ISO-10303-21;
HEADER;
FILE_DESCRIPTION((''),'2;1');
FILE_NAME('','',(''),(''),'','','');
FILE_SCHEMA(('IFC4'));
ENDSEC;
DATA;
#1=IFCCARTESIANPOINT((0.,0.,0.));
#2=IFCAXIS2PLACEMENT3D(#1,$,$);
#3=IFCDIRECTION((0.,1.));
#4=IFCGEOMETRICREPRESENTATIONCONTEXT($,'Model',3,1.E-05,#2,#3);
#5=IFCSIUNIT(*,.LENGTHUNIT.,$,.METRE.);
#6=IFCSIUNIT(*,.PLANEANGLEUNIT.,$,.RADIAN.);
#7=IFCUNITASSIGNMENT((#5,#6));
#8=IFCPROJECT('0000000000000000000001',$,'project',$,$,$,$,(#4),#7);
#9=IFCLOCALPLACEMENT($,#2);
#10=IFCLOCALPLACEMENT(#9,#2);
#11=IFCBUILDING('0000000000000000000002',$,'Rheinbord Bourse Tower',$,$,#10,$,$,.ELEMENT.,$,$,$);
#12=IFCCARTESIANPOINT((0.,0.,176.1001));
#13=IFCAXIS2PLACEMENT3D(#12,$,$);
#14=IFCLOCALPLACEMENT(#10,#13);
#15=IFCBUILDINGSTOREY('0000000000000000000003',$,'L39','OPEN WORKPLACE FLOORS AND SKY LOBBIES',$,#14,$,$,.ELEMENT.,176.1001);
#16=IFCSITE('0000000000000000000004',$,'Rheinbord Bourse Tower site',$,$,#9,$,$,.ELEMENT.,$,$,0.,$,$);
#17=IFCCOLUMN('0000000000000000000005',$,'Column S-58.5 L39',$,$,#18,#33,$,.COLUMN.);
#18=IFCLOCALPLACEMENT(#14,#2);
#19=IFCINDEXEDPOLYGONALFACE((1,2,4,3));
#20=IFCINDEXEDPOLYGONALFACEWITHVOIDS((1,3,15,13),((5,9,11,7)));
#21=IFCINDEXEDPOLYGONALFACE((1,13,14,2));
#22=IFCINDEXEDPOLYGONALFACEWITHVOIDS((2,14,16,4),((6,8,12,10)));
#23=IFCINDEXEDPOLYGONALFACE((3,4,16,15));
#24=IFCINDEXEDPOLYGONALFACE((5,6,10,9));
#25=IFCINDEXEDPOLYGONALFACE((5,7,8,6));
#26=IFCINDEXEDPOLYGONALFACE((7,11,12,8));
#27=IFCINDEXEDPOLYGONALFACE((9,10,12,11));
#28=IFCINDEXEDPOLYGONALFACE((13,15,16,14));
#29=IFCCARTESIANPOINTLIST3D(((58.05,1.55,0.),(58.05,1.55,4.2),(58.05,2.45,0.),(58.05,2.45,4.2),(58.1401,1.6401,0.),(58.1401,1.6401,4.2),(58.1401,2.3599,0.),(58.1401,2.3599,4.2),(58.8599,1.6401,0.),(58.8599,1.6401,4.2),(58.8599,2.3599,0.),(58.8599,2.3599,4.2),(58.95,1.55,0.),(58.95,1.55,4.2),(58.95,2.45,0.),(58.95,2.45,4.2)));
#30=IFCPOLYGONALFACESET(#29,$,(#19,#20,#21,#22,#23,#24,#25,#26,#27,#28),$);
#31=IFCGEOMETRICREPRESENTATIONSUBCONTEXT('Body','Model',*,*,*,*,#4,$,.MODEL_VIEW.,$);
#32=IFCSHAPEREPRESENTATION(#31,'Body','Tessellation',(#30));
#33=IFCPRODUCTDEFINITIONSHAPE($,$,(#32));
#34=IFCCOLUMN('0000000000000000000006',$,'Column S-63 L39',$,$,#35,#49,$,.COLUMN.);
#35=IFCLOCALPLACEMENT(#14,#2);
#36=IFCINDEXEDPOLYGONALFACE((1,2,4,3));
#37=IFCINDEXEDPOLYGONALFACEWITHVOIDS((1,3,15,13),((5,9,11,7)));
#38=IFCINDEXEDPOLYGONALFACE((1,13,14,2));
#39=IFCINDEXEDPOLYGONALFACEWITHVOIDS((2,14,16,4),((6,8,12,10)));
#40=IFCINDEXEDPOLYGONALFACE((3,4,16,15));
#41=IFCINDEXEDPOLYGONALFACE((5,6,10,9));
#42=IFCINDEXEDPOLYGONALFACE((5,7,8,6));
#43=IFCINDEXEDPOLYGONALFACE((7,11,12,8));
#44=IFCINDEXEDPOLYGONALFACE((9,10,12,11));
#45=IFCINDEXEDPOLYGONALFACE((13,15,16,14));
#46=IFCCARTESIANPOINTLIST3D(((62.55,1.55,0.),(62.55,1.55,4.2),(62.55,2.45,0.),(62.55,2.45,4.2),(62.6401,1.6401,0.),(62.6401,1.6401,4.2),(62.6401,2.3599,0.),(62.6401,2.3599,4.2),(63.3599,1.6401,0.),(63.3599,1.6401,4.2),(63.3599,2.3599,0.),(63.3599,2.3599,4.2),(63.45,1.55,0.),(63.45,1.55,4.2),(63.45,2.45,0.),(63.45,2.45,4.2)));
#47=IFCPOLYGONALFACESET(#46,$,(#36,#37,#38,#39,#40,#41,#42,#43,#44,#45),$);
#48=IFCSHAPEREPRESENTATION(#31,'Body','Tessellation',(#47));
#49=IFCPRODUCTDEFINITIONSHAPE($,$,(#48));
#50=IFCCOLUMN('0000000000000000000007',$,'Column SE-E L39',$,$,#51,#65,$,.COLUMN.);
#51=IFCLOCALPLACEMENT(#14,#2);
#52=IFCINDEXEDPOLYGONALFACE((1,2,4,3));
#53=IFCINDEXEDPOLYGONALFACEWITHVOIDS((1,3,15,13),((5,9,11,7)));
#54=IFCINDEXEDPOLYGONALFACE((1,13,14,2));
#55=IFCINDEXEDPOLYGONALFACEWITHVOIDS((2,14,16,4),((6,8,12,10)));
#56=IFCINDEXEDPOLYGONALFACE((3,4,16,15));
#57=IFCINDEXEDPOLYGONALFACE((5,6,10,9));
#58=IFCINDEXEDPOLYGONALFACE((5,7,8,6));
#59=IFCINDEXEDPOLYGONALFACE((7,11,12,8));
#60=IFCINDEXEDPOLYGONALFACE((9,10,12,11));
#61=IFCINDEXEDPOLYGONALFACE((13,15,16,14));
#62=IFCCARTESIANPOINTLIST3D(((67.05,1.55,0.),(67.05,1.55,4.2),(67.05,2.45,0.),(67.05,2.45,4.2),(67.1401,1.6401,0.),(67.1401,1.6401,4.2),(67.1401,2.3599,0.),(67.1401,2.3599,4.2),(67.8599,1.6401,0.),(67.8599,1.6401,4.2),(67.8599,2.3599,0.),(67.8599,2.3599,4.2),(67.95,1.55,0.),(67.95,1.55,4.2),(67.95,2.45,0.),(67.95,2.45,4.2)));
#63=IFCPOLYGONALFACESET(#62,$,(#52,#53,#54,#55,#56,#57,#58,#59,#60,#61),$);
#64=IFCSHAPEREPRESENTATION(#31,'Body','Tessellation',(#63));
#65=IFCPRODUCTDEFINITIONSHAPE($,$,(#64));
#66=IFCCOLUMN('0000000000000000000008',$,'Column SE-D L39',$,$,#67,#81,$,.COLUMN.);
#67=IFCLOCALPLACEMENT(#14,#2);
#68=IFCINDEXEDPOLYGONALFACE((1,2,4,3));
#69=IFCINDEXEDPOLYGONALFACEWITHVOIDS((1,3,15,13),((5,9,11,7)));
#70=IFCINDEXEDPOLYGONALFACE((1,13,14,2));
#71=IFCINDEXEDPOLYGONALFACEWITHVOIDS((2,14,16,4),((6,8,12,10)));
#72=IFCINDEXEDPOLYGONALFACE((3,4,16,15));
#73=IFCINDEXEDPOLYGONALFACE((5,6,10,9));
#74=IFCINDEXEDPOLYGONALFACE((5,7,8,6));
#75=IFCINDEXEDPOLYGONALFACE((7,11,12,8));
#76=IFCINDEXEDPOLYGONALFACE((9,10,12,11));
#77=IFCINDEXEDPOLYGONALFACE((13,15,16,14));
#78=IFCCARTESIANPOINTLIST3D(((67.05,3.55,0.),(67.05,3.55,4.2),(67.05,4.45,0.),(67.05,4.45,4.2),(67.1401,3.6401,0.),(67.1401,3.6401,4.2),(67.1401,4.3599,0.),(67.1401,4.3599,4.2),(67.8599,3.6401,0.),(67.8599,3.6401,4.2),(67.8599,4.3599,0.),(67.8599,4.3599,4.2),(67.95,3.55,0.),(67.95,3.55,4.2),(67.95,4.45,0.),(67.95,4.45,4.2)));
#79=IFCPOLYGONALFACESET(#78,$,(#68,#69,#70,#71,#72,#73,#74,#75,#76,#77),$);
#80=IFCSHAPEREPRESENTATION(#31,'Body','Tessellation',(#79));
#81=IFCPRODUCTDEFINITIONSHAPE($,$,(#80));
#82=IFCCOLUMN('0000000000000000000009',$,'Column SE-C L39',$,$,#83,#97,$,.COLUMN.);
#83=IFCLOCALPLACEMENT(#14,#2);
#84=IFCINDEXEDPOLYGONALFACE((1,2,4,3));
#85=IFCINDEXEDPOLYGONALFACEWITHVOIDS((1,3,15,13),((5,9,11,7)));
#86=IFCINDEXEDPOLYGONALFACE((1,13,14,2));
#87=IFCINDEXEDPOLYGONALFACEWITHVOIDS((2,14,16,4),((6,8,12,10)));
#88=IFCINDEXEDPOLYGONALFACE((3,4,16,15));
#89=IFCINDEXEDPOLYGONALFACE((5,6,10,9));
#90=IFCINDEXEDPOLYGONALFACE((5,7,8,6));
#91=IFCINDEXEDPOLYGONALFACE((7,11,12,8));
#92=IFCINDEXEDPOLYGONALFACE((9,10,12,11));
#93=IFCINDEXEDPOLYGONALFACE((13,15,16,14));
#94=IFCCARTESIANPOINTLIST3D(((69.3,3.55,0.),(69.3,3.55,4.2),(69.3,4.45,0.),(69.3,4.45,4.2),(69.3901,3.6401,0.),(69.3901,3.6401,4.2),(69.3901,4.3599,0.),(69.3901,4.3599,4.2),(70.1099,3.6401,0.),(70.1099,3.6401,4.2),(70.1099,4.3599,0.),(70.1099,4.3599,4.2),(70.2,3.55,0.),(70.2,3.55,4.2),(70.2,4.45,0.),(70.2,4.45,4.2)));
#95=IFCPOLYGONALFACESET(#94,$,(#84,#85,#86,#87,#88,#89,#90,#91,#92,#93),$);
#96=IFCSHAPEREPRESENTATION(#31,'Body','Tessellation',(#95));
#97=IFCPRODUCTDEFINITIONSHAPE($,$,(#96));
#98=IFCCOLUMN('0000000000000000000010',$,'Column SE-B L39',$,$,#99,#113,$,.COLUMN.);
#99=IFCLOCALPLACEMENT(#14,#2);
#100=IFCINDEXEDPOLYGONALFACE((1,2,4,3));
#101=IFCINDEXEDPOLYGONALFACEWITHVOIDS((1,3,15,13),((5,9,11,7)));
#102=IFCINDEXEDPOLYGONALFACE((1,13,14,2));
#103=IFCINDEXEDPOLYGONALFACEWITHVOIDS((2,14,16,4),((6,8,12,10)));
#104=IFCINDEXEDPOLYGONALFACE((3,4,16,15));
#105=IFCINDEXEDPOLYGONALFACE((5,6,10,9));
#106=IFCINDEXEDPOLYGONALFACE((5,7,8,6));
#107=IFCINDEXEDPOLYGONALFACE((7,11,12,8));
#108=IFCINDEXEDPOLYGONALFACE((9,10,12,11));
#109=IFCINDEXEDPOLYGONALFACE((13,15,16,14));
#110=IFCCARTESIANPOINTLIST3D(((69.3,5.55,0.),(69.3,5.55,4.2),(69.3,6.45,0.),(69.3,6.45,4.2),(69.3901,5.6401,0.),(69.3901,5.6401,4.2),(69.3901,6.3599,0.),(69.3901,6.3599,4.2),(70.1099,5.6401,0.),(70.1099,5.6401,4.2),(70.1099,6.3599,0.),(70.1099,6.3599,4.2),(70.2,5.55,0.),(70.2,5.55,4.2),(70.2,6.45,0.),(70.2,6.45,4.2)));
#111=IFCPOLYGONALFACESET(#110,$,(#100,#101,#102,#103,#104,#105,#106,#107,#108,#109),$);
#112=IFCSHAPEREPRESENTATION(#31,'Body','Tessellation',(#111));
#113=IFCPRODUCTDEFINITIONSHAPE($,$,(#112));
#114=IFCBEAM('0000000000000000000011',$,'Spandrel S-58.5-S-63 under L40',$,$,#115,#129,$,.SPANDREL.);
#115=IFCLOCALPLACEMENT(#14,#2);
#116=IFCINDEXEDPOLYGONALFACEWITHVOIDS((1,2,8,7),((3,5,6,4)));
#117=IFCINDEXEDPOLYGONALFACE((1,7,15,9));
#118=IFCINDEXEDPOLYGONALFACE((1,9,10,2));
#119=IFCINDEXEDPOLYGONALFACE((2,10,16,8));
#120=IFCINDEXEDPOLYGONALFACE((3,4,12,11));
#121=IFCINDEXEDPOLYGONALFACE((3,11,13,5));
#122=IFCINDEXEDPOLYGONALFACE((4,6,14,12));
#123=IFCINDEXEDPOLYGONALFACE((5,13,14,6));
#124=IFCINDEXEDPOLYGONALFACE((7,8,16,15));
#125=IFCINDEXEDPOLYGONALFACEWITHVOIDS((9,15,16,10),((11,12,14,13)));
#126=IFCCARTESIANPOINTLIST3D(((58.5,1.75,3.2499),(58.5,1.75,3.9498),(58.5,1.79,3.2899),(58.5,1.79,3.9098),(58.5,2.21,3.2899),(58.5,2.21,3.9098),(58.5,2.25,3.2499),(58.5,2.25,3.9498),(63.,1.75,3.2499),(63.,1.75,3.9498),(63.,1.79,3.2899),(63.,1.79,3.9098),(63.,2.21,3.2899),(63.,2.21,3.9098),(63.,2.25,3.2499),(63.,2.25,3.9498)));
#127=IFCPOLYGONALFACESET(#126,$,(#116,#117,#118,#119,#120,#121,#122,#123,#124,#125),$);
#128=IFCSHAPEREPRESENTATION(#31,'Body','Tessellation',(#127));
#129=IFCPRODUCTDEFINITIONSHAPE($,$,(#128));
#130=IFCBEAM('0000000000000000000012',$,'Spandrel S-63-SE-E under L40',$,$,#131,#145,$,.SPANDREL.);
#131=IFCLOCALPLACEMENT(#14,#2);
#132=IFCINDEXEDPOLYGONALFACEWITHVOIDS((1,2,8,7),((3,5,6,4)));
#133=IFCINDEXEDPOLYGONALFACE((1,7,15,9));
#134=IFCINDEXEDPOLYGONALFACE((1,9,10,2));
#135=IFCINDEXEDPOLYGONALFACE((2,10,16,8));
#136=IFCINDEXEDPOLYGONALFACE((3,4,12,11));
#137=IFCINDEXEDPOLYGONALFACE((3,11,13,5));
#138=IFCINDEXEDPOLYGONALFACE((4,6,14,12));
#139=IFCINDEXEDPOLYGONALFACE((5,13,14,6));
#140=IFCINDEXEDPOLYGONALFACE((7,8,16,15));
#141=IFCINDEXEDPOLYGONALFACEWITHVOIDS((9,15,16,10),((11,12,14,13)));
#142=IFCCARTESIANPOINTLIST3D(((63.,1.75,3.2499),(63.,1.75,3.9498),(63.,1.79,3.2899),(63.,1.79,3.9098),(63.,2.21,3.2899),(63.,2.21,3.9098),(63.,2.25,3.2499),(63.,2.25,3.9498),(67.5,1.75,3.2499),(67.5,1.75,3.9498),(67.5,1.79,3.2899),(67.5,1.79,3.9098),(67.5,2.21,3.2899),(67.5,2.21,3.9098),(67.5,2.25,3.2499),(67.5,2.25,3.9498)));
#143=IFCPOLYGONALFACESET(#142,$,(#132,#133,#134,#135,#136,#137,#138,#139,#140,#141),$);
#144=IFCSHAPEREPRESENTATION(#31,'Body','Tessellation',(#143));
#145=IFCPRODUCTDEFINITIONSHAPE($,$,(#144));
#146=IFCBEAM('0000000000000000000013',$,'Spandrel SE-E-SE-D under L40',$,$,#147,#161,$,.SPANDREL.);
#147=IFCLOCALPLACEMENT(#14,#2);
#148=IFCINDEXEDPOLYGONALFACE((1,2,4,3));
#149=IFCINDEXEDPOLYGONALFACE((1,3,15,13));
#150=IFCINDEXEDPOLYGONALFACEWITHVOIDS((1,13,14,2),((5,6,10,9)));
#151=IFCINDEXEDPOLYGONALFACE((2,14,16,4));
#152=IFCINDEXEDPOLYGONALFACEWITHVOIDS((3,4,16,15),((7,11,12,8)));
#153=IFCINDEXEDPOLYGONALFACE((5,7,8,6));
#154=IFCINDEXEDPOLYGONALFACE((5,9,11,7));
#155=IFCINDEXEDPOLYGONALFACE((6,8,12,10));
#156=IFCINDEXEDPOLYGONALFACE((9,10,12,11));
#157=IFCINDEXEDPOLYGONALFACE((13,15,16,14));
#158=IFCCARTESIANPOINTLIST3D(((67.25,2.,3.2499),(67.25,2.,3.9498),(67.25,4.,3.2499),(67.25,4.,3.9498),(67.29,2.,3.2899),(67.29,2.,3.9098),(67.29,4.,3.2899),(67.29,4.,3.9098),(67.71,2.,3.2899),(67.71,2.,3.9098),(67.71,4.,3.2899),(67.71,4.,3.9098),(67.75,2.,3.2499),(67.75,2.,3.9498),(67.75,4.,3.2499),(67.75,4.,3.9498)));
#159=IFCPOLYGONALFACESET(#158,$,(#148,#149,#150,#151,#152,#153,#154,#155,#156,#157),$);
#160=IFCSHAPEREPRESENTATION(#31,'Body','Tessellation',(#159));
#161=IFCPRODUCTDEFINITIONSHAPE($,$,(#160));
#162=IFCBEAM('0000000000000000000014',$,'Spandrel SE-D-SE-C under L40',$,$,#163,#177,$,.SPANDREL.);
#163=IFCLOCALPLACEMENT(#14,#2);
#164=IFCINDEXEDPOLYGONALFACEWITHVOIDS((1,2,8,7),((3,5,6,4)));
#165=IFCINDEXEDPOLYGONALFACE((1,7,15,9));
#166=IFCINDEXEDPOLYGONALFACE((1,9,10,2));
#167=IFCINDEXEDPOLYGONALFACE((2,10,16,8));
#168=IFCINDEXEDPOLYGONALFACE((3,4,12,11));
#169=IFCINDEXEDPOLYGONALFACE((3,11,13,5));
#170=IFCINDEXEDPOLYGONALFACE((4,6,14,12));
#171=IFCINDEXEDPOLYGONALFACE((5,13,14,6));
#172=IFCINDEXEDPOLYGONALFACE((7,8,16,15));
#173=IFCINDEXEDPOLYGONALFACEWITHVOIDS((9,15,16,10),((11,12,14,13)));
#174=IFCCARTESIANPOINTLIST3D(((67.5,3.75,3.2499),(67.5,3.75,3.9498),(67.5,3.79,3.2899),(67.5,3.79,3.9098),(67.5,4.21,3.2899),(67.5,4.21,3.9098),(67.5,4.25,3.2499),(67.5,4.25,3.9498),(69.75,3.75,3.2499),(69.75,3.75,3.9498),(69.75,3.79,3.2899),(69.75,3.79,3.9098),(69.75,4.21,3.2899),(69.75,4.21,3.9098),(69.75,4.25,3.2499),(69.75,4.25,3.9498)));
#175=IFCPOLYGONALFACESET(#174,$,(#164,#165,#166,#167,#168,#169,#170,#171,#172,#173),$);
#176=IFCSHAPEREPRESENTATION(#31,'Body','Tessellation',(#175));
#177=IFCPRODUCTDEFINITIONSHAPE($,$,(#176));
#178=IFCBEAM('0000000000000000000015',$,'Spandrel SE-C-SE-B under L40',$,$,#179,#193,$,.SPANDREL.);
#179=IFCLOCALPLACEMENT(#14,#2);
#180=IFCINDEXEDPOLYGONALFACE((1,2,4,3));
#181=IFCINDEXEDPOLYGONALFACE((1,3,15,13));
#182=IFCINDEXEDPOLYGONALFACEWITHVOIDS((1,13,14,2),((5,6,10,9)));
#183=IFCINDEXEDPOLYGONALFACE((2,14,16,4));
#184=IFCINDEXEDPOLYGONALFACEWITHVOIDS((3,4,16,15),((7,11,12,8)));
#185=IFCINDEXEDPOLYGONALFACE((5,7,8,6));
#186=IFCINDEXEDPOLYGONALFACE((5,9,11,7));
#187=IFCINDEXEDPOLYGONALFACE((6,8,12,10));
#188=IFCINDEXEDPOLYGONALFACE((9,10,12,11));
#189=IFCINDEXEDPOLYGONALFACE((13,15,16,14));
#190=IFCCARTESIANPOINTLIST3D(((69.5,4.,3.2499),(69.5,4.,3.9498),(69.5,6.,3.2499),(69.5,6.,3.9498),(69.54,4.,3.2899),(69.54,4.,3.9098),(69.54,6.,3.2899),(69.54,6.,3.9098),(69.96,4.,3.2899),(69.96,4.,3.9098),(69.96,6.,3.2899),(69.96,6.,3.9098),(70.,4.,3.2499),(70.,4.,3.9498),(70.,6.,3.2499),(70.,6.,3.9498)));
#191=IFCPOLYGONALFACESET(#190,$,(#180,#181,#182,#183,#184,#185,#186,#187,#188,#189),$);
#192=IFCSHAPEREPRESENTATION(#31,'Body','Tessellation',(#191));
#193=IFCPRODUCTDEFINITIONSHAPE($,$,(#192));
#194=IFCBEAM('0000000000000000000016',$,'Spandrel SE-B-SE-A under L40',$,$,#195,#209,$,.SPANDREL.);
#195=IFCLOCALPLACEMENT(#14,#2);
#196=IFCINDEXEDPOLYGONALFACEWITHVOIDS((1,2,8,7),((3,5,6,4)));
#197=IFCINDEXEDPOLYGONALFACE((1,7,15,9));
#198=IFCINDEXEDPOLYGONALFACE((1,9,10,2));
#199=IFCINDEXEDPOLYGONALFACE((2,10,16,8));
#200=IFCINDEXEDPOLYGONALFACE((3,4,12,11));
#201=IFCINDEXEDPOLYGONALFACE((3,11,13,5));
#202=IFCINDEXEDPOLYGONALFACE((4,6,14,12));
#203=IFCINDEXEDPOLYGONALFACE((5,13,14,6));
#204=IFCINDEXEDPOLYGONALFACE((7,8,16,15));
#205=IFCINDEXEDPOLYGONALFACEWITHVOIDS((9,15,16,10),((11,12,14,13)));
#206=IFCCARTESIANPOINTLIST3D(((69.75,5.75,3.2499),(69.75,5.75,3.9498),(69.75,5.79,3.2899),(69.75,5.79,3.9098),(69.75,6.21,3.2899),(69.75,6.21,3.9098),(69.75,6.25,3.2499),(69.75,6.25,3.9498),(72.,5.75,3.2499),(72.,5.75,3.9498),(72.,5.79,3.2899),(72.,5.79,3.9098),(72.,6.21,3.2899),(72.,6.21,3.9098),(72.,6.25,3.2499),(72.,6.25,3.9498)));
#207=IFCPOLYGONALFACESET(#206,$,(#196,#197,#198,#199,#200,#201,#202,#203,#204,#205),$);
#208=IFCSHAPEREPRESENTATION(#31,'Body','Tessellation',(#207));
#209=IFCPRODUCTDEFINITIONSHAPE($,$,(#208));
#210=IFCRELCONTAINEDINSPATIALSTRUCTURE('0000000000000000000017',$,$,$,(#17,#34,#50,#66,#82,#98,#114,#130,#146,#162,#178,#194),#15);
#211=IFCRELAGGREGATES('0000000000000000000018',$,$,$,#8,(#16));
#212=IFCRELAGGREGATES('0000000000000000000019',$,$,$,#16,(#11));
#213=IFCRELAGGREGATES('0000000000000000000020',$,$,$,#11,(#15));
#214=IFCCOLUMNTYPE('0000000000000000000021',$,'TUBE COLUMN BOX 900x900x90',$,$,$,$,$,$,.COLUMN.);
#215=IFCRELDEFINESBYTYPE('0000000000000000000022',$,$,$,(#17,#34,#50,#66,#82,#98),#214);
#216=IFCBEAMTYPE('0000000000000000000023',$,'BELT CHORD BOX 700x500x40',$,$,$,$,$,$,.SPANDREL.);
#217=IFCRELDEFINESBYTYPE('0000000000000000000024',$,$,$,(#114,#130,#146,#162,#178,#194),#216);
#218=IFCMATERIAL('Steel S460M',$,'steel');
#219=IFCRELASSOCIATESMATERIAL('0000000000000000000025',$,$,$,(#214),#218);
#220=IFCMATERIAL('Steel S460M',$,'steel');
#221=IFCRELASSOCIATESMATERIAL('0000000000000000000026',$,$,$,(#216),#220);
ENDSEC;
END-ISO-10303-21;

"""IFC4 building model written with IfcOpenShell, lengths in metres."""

from ifc_helpers import new_model, si_unit, direction, frame, origin, origin_2d, place, context, subcontext, project, spatial, hollow_rectangle, extrude, material, material_profile, profile_set, type_object, element, save


model = new_model("IFC4")

# Units and contexts
model_context = context("Model", 3, precision=1e-05, world=origin(), true_north=direction((0.0, 1.0)))
body_context = subcontext(model_context, "Body", "Model", "MODEL_VIEW")
ifc_project = project(units=[si_unit("LENGTHUNIT", "METRE"), si_unit("PLANEANGLEUNIT", "RADIAN")], contexts=[model_context])

# Site, building, storey
site_placement = place(None, origin())
site = spatial("IfcSite", under=ifc_project, at=site_placement, Name="Rheinbord Bourse Tower site", CompositionType="ELEMENT", RefElevation=0.0)
building_placement = place(site_placement, origin())
building = spatial("IfcBuilding", under=site, at=building_placement, Name="Rheinbord Bourse Tower", CompositionType="ELEMENT")
storey_placement = place(building_placement, frame((0.0, 0.0, 176.1001)))
storey = spatial("IfcBuildingStorey", under=building, at=storey_placement, Name="L39", Description="OPEN WORKPLACE FLOORS AND SKY LOBBIES", CompositionType="ELEMENT", Elevation=176.1001)

# Columns
ifc_material_1 = material(Name="Steel S460M", Category="steel")
ifc_material_profile_1 = material_profile(ifc_material_1, hollow_rectangle(XDim=0.8999, YDim=0.8999, WallThickness=0.0901, at=origin_2d()), Name="BOX 900x900x90")
ifc_profile_set_1 = profile_set([ifc_material_profile_1], Name="Steel S460M")
column_type = type_object("IfcColumnType", Name="TUBE COLUMN BOX 900x900x90", PredefinedType="COLUMN", material=ifc_profile_set_1)
for number, where, z_axis, x_axis, name in (
    (1, (58.5, 2.0, 0.0), (0.0, 0.0, 1.0), (0.0, 1.0, 0.0), "Column S-58.5 L39"),
    (2, (63.0, 2.0, 0.0), (0.0, 0.0, 1.0), (0.0, 1.0, 0.0), "Column S-63 L39"),
    (3, (67.5, 2.0, 0.0), (0.0, 0.0, 1.0), (0.0, 1.0, 0.0), "Column SE-E L39"),
    (4, (67.5, 4.0, 0.0), (0.0, 0.0, 1.0), (0.0, 1.0, 0.0), "Column SE-D L39"),
    (5, (69.75, 4.0, 0.0), (0.0, 0.0, 1.0), (1.0, 0.0, 0.0), "Column SE-C L39"),
    (6, (69.75, 6.0, 0.0), (0.0, 0.0, 1.0), (1.0, 0.0, 0.0), "Column SE-B L39"),
):
    element("IfcColumn", number, at=place(storey_placement, frame(where, z_axis=z_axis, x_axis=x_axis)), inside=storey, type_object=column_type, Name=name, PredefinedType="COLUMN", context=body_context, shape_type="SweptSolid", body=[
        extrude(hollow_rectangle(XDim=0.8999, YDim=0.8999, WallThickness=0.0901, at=origin_2d()), origin(), (0.0, 0.0, 1.0), 4.2),
    ])

# Beams
ifc_material_2 = material(Name="Steel S460M", Category="steel")
ifc_material_profile_2 = material_profile(ifc_material_2, hollow_rectangle(XDim=0.5, YDim=0.7, WallThickness=0.04, at=origin_2d()), Name="BOX 700x500x40")
ifc_profile_set_2 = profile_set([ifc_material_profile_2], Name="Steel S460M")
beam_type_1 = type_object("IfcBeamType", Name="BELT CHORD BOX 700x500x40", PredefinedType="SPANDREL", material=ifc_profile_set_2)
for number, where, z_axis, x_axis, name in (
    (7, (58.5, 2.0, 3.5999), (1.0, 0.0, 0.0), (0.0, 1.0, 0.0), "Spandrel S-58.5-S-63 under L40"),
    (8, (63.0, 2.0, 3.5999), (1.0, 0.0, 0.0), (0.0, 1.0, 0.0), "Spandrel S-63-SE-E under L40"),
):
    element("IfcBeam", number, at=place(storey_placement, frame(where, z_axis=z_axis, x_axis=x_axis)), inside=storey, type_object=beam_type_1, Name=name, PredefinedType="SPANDREL", context=body_context, shape_type="SweptSolid", body=[
        extrude(hollow_rectangle(XDim=0.5, YDim=0.7, WallThickness=0.04, at=origin_2d()), origin(), (0.0, 0.0, 1.0), 4.5),
    ])
beam_1_placement = place(storey_placement, frame((67.5, 2.0, 3.5999), z_axis=(0.0, 1.0, 0.0), x_axis=(-1.0, 0.0, 0.0)))
element("IfcBeam", 9, at=beam_1_placement, inside=storey, type_object=beam_type_1, Name="Spandrel SE-E-SE-D under L40", PredefinedType="SPANDREL", context=body_context, shape_type="SweptSolid", body=[
    extrude(hollow_rectangle(XDim=0.5, YDim=0.7, WallThickness=0.04, at=origin_2d()), origin(), (0.0, 0.0, 1.0), 2.0),
])
beam_2_placement = place(storey_placement, frame((67.5, 4.0, 3.5999), z_axis=(1.0, 0.0, 0.0), x_axis=(0.0, 1.0, 0.0)))
element("IfcBeam", 10, at=beam_2_placement, inside=storey, type_object=beam_type_1, Name="Spandrel SE-D-SE-C under L40", PredefinedType="SPANDREL", context=body_context, shape_type="SweptSolid", body=[
    extrude(hollow_rectangle(XDim=0.5, YDim=0.7, WallThickness=0.04, at=origin_2d()), origin(), (0.0, 0.0, 1.0), 2.25),
])
beam_3_placement = place(storey_placement, frame((69.75, 4.0, 3.5999), z_axis=(0.0, 1.0, 0.0), x_axis=(-1.0, 0.0, 0.0)))
element("IfcBeam", 11, at=beam_3_placement, inside=storey, type_object=beam_type_1, Name="Spandrel SE-C-SE-B under L40", PredefinedType="SPANDREL", context=body_context, shape_type="SweptSolid", body=[
    extrude(hollow_rectangle(XDim=0.5, YDim=0.7, WallThickness=0.04, at=origin_2d()), origin(), (0.0, 0.0, 1.0), 2.0),
])
beam_4_placement = place(storey_placement, frame((69.75, 6.0, 3.5999), z_axis=(1.0, 0.0, 0.0), x_axis=(0.0, 1.0, 0.0)))
element("IfcBeam", 12, at=beam_4_placement, inside=storey, type_object=beam_type_1, Name="Spandrel SE-B-SE-A under L40", PredefinedType="SPANDREL", context=body_context, shape_type="SweptSolid", body=[
    extrude(hollow_rectangle(XDim=0.5, YDim=0.7, WallThickness=0.04, at=origin_2d()), origin(), (0.0, 0.0, 1.0), 2.25),
])

save(model, "model.ifc")
